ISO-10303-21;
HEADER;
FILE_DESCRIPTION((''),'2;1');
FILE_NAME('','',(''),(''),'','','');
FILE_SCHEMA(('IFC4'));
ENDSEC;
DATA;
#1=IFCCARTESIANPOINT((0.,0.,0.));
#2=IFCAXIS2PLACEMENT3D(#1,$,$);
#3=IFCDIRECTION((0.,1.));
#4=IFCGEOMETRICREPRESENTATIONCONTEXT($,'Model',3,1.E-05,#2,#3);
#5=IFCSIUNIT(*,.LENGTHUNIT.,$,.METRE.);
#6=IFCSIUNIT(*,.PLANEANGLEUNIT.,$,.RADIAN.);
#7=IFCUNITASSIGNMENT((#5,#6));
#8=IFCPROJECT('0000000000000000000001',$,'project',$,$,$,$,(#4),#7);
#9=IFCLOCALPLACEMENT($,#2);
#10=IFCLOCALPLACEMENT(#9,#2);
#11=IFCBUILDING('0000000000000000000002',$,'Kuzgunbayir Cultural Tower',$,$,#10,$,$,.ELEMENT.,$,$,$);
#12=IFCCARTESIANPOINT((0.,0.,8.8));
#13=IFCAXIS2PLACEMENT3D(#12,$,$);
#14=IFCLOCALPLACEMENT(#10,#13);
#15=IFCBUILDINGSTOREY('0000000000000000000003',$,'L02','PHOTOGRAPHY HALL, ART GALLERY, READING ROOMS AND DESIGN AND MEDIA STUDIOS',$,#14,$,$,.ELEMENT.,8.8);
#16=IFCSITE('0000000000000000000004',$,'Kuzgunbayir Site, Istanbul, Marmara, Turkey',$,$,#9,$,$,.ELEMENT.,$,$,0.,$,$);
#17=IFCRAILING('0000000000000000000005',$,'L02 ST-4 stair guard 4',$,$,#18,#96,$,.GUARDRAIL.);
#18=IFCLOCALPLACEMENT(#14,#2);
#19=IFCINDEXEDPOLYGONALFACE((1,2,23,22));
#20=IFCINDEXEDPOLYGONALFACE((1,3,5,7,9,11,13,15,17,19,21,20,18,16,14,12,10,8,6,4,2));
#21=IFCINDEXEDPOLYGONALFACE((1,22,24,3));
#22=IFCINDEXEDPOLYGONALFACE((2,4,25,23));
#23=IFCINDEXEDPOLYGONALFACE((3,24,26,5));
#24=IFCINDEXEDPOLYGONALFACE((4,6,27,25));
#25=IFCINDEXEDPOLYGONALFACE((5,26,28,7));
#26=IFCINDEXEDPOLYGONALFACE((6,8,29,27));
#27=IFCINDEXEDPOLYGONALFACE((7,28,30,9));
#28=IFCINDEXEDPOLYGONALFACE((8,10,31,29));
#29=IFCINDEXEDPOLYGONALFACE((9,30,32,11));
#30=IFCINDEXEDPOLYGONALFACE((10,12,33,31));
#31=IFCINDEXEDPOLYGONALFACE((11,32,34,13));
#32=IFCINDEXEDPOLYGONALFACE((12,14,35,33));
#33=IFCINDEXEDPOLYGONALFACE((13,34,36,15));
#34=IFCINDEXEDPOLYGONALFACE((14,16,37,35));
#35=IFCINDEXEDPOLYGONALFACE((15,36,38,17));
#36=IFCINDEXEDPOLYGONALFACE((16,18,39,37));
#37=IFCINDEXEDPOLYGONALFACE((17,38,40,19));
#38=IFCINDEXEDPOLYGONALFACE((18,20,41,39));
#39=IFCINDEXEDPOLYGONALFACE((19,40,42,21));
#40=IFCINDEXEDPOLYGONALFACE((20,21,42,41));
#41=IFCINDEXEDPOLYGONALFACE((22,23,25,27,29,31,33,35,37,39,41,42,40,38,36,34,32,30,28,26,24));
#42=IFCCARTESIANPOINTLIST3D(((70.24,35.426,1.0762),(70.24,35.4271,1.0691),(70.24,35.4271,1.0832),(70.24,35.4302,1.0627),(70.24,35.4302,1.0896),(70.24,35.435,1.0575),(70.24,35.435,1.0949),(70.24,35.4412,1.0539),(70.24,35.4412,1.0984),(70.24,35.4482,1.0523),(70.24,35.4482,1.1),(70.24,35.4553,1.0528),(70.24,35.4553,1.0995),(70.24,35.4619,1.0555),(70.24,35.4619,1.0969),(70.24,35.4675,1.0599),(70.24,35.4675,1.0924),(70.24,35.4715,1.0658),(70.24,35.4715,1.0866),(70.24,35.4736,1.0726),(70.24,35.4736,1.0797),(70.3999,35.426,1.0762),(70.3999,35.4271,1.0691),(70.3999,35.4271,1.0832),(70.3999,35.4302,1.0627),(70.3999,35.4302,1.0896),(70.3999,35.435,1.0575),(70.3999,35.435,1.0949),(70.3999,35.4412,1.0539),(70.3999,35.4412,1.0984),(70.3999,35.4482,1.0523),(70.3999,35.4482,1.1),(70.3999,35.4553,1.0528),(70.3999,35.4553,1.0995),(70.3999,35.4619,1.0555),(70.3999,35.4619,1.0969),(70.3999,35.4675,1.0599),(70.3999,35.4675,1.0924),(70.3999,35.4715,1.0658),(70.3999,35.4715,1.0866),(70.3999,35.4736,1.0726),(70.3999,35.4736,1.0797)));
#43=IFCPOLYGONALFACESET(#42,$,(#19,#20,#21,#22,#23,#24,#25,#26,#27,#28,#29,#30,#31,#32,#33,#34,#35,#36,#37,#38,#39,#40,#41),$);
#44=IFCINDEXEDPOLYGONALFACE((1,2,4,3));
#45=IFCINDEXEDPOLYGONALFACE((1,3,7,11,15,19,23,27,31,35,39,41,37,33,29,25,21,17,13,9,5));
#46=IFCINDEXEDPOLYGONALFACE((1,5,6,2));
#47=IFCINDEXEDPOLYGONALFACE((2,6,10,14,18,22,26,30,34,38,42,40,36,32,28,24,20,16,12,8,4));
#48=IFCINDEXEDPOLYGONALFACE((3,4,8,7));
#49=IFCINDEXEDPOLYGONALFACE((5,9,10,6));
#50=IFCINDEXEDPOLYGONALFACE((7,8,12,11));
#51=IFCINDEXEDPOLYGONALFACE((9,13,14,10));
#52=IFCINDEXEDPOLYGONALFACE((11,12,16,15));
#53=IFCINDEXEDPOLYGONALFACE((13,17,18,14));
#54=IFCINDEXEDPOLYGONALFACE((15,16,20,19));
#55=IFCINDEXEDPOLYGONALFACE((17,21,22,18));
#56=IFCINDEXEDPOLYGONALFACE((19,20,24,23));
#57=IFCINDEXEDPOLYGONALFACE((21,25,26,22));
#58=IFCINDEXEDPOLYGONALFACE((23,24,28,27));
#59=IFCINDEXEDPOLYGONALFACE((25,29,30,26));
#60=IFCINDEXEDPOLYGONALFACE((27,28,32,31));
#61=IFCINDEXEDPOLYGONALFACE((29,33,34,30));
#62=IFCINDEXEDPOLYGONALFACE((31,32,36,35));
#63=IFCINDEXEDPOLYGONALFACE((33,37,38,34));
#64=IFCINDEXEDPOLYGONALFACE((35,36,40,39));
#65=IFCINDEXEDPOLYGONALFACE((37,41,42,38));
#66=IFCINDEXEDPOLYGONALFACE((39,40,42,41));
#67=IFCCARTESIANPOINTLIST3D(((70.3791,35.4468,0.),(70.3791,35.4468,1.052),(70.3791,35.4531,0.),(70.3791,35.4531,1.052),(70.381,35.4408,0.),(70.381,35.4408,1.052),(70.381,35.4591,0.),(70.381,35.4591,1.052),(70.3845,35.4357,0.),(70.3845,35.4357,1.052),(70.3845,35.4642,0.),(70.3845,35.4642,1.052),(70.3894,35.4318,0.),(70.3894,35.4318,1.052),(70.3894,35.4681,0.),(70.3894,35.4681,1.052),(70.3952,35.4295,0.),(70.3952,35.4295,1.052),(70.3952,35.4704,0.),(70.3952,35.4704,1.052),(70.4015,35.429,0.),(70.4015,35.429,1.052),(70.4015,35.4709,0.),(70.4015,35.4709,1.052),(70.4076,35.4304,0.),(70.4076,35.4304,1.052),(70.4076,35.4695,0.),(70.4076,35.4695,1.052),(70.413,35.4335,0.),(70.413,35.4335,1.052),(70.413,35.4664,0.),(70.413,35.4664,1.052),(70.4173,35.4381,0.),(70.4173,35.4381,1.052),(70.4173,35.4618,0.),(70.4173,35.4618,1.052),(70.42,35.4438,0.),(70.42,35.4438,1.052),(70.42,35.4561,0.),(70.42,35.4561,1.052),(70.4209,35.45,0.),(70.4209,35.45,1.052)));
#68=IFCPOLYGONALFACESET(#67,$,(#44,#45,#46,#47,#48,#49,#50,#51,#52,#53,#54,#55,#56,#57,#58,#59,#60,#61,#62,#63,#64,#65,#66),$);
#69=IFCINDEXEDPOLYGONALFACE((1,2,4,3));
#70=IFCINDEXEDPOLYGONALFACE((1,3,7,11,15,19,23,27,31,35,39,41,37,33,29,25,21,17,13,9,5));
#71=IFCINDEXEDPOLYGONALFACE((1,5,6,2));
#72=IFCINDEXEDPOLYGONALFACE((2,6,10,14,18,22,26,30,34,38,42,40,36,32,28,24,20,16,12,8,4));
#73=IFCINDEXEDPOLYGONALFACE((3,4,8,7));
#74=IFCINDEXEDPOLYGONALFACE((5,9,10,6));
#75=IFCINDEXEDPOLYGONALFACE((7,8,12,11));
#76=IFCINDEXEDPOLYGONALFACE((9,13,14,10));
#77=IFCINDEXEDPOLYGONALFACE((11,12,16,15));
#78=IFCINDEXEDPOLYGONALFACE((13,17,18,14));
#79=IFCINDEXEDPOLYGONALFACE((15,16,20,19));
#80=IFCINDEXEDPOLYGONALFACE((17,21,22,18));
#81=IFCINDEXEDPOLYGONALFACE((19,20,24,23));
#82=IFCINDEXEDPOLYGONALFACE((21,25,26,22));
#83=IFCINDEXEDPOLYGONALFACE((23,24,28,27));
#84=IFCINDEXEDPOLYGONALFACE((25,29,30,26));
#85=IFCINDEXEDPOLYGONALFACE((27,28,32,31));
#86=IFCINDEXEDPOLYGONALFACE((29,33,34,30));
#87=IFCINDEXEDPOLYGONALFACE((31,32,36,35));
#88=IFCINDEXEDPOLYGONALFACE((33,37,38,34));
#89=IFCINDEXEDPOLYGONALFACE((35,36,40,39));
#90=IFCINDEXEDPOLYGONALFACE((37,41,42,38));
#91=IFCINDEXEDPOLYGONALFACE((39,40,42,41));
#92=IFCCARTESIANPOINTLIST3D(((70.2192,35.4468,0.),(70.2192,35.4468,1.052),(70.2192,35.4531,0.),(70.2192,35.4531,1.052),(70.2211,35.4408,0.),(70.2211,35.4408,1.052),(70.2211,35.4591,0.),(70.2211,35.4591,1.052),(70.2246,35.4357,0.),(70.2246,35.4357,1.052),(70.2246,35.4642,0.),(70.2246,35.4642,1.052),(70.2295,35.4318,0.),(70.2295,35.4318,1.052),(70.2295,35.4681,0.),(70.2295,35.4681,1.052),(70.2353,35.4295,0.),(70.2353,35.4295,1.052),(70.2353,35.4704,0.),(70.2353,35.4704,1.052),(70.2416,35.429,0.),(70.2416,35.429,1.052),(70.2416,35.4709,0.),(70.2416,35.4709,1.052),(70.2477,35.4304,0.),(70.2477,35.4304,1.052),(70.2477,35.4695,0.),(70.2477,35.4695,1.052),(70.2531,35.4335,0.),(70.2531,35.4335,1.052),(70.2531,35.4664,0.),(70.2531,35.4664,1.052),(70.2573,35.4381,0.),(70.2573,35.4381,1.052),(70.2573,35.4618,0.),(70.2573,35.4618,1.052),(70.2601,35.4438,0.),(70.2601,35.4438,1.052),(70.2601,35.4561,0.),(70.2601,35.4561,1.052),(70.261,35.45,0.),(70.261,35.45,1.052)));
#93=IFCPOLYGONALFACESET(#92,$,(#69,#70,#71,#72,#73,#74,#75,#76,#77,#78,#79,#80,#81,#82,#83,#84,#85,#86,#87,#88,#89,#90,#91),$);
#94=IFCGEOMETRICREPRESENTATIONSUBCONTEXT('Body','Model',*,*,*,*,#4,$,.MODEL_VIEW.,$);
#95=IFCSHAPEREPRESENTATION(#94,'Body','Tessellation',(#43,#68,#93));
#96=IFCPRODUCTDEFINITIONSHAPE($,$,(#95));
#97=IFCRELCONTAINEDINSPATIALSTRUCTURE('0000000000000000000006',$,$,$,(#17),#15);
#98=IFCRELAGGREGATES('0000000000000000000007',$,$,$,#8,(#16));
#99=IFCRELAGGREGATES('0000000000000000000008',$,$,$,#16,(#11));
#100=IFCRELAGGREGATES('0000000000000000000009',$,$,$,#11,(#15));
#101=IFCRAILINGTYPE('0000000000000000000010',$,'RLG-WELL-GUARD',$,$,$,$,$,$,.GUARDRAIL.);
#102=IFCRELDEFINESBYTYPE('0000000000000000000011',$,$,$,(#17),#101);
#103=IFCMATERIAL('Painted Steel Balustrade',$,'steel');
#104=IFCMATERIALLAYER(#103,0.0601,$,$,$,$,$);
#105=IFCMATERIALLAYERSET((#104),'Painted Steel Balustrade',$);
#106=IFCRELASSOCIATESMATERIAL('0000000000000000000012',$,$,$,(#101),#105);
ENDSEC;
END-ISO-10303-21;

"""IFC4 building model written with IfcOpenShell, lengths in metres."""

from ifc_helpers import new_model, si_unit, direction, frame, origin, origin_2d, place, context, subcontext, project, spatial, circle, extrude, material, layer, layer_set, type_object, element, save


model = new_model("IFC4")

# Units and contexts
model_context = context("Model", 3, precision=1e-05, world=origin(), true_north=direction((0.0, 1.0)))
body_context = subcontext(model_context, "Body", "Model", "MODEL_VIEW")
ifc_project = project(units=[si_unit("LENGTHUNIT", "METRE"), si_unit("PLANEANGLEUNIT", "RADIAN")], contexts=[model_context])

# Site, building, storey
site_placement = place(None, origin())
site = spatial("IfcSite", under=ifc_project, at=site_placement, Name="Kuzgunbayir Site, Istanbul, Marmara, Turkey", CompositionType="ELEMENT", RefElevation=0.0)
building_placement = place(site_placement, origin())
building = spatial("IfcBuilding", under=site, at=building_placement, Name="Kuzgunbayir Cultural Tower", CompositionType="ELEMENT")
storey_placement = place(building_placement, frame((0.0, 0.0, 8.8)))
storey = spatial("IfcBuildingStorey", under=building, at=storey_placement, Name="L02", Description="PHOTOGRAPHY HALL, ART GALLERY, READING ROOMS AND DESIGN AND MEDIA STUDIOS", CompositionType="ELEMENT", Elevation=8.8)

# Railing
ifc_material_1 = material(Name="Painted Steel Balustrade", Category="steel")
ifc_layer_1 = layer(ifc_material_1, 0.0601)
ifc_layer_set_1 = layer_set([ifc_layer_1], Name="Painted Steel Balustrade")
railing_type_1 = type_object("IfcRailingType", Name="RLG-WELL-GUARD", PredefinedType="GUARDRAIL", material=ifc_layer_set_1)
railing_1_placement = place(storey_placement, frame((70.3999, 35.45, 0.0)))
element("IfcRailing", 1, at=railing_1_placement, inside=storey, type_object=railing_type_1, Name="L02 ST-4 stair guard 4", PredefinedType="GUARDRAIL", context=body_context, shape_type="SweptSolid", body=[
    extrude(circle(Radius=0.0239, at=origin_2d()), frame((0.0, 0.0, 1.0762), z_axis=(-1.0, 0.0, 0.0), x_axis=(0.0, -1.0, 0.0)), (0.0, 0.0, 1.0), 0.1599),
    extrude(circle(Radius=0.021, at=origin_2d()), origin(), (0.0, 0.0, 1.0), 1.052),
    extrude(circle(Radius=0.021, at=origin_2d()), frame((-0.1599, 0.0, 0.0)), (0.0, 0.0, 1.0), 1.052),
])

save(model, "model.ifc")
